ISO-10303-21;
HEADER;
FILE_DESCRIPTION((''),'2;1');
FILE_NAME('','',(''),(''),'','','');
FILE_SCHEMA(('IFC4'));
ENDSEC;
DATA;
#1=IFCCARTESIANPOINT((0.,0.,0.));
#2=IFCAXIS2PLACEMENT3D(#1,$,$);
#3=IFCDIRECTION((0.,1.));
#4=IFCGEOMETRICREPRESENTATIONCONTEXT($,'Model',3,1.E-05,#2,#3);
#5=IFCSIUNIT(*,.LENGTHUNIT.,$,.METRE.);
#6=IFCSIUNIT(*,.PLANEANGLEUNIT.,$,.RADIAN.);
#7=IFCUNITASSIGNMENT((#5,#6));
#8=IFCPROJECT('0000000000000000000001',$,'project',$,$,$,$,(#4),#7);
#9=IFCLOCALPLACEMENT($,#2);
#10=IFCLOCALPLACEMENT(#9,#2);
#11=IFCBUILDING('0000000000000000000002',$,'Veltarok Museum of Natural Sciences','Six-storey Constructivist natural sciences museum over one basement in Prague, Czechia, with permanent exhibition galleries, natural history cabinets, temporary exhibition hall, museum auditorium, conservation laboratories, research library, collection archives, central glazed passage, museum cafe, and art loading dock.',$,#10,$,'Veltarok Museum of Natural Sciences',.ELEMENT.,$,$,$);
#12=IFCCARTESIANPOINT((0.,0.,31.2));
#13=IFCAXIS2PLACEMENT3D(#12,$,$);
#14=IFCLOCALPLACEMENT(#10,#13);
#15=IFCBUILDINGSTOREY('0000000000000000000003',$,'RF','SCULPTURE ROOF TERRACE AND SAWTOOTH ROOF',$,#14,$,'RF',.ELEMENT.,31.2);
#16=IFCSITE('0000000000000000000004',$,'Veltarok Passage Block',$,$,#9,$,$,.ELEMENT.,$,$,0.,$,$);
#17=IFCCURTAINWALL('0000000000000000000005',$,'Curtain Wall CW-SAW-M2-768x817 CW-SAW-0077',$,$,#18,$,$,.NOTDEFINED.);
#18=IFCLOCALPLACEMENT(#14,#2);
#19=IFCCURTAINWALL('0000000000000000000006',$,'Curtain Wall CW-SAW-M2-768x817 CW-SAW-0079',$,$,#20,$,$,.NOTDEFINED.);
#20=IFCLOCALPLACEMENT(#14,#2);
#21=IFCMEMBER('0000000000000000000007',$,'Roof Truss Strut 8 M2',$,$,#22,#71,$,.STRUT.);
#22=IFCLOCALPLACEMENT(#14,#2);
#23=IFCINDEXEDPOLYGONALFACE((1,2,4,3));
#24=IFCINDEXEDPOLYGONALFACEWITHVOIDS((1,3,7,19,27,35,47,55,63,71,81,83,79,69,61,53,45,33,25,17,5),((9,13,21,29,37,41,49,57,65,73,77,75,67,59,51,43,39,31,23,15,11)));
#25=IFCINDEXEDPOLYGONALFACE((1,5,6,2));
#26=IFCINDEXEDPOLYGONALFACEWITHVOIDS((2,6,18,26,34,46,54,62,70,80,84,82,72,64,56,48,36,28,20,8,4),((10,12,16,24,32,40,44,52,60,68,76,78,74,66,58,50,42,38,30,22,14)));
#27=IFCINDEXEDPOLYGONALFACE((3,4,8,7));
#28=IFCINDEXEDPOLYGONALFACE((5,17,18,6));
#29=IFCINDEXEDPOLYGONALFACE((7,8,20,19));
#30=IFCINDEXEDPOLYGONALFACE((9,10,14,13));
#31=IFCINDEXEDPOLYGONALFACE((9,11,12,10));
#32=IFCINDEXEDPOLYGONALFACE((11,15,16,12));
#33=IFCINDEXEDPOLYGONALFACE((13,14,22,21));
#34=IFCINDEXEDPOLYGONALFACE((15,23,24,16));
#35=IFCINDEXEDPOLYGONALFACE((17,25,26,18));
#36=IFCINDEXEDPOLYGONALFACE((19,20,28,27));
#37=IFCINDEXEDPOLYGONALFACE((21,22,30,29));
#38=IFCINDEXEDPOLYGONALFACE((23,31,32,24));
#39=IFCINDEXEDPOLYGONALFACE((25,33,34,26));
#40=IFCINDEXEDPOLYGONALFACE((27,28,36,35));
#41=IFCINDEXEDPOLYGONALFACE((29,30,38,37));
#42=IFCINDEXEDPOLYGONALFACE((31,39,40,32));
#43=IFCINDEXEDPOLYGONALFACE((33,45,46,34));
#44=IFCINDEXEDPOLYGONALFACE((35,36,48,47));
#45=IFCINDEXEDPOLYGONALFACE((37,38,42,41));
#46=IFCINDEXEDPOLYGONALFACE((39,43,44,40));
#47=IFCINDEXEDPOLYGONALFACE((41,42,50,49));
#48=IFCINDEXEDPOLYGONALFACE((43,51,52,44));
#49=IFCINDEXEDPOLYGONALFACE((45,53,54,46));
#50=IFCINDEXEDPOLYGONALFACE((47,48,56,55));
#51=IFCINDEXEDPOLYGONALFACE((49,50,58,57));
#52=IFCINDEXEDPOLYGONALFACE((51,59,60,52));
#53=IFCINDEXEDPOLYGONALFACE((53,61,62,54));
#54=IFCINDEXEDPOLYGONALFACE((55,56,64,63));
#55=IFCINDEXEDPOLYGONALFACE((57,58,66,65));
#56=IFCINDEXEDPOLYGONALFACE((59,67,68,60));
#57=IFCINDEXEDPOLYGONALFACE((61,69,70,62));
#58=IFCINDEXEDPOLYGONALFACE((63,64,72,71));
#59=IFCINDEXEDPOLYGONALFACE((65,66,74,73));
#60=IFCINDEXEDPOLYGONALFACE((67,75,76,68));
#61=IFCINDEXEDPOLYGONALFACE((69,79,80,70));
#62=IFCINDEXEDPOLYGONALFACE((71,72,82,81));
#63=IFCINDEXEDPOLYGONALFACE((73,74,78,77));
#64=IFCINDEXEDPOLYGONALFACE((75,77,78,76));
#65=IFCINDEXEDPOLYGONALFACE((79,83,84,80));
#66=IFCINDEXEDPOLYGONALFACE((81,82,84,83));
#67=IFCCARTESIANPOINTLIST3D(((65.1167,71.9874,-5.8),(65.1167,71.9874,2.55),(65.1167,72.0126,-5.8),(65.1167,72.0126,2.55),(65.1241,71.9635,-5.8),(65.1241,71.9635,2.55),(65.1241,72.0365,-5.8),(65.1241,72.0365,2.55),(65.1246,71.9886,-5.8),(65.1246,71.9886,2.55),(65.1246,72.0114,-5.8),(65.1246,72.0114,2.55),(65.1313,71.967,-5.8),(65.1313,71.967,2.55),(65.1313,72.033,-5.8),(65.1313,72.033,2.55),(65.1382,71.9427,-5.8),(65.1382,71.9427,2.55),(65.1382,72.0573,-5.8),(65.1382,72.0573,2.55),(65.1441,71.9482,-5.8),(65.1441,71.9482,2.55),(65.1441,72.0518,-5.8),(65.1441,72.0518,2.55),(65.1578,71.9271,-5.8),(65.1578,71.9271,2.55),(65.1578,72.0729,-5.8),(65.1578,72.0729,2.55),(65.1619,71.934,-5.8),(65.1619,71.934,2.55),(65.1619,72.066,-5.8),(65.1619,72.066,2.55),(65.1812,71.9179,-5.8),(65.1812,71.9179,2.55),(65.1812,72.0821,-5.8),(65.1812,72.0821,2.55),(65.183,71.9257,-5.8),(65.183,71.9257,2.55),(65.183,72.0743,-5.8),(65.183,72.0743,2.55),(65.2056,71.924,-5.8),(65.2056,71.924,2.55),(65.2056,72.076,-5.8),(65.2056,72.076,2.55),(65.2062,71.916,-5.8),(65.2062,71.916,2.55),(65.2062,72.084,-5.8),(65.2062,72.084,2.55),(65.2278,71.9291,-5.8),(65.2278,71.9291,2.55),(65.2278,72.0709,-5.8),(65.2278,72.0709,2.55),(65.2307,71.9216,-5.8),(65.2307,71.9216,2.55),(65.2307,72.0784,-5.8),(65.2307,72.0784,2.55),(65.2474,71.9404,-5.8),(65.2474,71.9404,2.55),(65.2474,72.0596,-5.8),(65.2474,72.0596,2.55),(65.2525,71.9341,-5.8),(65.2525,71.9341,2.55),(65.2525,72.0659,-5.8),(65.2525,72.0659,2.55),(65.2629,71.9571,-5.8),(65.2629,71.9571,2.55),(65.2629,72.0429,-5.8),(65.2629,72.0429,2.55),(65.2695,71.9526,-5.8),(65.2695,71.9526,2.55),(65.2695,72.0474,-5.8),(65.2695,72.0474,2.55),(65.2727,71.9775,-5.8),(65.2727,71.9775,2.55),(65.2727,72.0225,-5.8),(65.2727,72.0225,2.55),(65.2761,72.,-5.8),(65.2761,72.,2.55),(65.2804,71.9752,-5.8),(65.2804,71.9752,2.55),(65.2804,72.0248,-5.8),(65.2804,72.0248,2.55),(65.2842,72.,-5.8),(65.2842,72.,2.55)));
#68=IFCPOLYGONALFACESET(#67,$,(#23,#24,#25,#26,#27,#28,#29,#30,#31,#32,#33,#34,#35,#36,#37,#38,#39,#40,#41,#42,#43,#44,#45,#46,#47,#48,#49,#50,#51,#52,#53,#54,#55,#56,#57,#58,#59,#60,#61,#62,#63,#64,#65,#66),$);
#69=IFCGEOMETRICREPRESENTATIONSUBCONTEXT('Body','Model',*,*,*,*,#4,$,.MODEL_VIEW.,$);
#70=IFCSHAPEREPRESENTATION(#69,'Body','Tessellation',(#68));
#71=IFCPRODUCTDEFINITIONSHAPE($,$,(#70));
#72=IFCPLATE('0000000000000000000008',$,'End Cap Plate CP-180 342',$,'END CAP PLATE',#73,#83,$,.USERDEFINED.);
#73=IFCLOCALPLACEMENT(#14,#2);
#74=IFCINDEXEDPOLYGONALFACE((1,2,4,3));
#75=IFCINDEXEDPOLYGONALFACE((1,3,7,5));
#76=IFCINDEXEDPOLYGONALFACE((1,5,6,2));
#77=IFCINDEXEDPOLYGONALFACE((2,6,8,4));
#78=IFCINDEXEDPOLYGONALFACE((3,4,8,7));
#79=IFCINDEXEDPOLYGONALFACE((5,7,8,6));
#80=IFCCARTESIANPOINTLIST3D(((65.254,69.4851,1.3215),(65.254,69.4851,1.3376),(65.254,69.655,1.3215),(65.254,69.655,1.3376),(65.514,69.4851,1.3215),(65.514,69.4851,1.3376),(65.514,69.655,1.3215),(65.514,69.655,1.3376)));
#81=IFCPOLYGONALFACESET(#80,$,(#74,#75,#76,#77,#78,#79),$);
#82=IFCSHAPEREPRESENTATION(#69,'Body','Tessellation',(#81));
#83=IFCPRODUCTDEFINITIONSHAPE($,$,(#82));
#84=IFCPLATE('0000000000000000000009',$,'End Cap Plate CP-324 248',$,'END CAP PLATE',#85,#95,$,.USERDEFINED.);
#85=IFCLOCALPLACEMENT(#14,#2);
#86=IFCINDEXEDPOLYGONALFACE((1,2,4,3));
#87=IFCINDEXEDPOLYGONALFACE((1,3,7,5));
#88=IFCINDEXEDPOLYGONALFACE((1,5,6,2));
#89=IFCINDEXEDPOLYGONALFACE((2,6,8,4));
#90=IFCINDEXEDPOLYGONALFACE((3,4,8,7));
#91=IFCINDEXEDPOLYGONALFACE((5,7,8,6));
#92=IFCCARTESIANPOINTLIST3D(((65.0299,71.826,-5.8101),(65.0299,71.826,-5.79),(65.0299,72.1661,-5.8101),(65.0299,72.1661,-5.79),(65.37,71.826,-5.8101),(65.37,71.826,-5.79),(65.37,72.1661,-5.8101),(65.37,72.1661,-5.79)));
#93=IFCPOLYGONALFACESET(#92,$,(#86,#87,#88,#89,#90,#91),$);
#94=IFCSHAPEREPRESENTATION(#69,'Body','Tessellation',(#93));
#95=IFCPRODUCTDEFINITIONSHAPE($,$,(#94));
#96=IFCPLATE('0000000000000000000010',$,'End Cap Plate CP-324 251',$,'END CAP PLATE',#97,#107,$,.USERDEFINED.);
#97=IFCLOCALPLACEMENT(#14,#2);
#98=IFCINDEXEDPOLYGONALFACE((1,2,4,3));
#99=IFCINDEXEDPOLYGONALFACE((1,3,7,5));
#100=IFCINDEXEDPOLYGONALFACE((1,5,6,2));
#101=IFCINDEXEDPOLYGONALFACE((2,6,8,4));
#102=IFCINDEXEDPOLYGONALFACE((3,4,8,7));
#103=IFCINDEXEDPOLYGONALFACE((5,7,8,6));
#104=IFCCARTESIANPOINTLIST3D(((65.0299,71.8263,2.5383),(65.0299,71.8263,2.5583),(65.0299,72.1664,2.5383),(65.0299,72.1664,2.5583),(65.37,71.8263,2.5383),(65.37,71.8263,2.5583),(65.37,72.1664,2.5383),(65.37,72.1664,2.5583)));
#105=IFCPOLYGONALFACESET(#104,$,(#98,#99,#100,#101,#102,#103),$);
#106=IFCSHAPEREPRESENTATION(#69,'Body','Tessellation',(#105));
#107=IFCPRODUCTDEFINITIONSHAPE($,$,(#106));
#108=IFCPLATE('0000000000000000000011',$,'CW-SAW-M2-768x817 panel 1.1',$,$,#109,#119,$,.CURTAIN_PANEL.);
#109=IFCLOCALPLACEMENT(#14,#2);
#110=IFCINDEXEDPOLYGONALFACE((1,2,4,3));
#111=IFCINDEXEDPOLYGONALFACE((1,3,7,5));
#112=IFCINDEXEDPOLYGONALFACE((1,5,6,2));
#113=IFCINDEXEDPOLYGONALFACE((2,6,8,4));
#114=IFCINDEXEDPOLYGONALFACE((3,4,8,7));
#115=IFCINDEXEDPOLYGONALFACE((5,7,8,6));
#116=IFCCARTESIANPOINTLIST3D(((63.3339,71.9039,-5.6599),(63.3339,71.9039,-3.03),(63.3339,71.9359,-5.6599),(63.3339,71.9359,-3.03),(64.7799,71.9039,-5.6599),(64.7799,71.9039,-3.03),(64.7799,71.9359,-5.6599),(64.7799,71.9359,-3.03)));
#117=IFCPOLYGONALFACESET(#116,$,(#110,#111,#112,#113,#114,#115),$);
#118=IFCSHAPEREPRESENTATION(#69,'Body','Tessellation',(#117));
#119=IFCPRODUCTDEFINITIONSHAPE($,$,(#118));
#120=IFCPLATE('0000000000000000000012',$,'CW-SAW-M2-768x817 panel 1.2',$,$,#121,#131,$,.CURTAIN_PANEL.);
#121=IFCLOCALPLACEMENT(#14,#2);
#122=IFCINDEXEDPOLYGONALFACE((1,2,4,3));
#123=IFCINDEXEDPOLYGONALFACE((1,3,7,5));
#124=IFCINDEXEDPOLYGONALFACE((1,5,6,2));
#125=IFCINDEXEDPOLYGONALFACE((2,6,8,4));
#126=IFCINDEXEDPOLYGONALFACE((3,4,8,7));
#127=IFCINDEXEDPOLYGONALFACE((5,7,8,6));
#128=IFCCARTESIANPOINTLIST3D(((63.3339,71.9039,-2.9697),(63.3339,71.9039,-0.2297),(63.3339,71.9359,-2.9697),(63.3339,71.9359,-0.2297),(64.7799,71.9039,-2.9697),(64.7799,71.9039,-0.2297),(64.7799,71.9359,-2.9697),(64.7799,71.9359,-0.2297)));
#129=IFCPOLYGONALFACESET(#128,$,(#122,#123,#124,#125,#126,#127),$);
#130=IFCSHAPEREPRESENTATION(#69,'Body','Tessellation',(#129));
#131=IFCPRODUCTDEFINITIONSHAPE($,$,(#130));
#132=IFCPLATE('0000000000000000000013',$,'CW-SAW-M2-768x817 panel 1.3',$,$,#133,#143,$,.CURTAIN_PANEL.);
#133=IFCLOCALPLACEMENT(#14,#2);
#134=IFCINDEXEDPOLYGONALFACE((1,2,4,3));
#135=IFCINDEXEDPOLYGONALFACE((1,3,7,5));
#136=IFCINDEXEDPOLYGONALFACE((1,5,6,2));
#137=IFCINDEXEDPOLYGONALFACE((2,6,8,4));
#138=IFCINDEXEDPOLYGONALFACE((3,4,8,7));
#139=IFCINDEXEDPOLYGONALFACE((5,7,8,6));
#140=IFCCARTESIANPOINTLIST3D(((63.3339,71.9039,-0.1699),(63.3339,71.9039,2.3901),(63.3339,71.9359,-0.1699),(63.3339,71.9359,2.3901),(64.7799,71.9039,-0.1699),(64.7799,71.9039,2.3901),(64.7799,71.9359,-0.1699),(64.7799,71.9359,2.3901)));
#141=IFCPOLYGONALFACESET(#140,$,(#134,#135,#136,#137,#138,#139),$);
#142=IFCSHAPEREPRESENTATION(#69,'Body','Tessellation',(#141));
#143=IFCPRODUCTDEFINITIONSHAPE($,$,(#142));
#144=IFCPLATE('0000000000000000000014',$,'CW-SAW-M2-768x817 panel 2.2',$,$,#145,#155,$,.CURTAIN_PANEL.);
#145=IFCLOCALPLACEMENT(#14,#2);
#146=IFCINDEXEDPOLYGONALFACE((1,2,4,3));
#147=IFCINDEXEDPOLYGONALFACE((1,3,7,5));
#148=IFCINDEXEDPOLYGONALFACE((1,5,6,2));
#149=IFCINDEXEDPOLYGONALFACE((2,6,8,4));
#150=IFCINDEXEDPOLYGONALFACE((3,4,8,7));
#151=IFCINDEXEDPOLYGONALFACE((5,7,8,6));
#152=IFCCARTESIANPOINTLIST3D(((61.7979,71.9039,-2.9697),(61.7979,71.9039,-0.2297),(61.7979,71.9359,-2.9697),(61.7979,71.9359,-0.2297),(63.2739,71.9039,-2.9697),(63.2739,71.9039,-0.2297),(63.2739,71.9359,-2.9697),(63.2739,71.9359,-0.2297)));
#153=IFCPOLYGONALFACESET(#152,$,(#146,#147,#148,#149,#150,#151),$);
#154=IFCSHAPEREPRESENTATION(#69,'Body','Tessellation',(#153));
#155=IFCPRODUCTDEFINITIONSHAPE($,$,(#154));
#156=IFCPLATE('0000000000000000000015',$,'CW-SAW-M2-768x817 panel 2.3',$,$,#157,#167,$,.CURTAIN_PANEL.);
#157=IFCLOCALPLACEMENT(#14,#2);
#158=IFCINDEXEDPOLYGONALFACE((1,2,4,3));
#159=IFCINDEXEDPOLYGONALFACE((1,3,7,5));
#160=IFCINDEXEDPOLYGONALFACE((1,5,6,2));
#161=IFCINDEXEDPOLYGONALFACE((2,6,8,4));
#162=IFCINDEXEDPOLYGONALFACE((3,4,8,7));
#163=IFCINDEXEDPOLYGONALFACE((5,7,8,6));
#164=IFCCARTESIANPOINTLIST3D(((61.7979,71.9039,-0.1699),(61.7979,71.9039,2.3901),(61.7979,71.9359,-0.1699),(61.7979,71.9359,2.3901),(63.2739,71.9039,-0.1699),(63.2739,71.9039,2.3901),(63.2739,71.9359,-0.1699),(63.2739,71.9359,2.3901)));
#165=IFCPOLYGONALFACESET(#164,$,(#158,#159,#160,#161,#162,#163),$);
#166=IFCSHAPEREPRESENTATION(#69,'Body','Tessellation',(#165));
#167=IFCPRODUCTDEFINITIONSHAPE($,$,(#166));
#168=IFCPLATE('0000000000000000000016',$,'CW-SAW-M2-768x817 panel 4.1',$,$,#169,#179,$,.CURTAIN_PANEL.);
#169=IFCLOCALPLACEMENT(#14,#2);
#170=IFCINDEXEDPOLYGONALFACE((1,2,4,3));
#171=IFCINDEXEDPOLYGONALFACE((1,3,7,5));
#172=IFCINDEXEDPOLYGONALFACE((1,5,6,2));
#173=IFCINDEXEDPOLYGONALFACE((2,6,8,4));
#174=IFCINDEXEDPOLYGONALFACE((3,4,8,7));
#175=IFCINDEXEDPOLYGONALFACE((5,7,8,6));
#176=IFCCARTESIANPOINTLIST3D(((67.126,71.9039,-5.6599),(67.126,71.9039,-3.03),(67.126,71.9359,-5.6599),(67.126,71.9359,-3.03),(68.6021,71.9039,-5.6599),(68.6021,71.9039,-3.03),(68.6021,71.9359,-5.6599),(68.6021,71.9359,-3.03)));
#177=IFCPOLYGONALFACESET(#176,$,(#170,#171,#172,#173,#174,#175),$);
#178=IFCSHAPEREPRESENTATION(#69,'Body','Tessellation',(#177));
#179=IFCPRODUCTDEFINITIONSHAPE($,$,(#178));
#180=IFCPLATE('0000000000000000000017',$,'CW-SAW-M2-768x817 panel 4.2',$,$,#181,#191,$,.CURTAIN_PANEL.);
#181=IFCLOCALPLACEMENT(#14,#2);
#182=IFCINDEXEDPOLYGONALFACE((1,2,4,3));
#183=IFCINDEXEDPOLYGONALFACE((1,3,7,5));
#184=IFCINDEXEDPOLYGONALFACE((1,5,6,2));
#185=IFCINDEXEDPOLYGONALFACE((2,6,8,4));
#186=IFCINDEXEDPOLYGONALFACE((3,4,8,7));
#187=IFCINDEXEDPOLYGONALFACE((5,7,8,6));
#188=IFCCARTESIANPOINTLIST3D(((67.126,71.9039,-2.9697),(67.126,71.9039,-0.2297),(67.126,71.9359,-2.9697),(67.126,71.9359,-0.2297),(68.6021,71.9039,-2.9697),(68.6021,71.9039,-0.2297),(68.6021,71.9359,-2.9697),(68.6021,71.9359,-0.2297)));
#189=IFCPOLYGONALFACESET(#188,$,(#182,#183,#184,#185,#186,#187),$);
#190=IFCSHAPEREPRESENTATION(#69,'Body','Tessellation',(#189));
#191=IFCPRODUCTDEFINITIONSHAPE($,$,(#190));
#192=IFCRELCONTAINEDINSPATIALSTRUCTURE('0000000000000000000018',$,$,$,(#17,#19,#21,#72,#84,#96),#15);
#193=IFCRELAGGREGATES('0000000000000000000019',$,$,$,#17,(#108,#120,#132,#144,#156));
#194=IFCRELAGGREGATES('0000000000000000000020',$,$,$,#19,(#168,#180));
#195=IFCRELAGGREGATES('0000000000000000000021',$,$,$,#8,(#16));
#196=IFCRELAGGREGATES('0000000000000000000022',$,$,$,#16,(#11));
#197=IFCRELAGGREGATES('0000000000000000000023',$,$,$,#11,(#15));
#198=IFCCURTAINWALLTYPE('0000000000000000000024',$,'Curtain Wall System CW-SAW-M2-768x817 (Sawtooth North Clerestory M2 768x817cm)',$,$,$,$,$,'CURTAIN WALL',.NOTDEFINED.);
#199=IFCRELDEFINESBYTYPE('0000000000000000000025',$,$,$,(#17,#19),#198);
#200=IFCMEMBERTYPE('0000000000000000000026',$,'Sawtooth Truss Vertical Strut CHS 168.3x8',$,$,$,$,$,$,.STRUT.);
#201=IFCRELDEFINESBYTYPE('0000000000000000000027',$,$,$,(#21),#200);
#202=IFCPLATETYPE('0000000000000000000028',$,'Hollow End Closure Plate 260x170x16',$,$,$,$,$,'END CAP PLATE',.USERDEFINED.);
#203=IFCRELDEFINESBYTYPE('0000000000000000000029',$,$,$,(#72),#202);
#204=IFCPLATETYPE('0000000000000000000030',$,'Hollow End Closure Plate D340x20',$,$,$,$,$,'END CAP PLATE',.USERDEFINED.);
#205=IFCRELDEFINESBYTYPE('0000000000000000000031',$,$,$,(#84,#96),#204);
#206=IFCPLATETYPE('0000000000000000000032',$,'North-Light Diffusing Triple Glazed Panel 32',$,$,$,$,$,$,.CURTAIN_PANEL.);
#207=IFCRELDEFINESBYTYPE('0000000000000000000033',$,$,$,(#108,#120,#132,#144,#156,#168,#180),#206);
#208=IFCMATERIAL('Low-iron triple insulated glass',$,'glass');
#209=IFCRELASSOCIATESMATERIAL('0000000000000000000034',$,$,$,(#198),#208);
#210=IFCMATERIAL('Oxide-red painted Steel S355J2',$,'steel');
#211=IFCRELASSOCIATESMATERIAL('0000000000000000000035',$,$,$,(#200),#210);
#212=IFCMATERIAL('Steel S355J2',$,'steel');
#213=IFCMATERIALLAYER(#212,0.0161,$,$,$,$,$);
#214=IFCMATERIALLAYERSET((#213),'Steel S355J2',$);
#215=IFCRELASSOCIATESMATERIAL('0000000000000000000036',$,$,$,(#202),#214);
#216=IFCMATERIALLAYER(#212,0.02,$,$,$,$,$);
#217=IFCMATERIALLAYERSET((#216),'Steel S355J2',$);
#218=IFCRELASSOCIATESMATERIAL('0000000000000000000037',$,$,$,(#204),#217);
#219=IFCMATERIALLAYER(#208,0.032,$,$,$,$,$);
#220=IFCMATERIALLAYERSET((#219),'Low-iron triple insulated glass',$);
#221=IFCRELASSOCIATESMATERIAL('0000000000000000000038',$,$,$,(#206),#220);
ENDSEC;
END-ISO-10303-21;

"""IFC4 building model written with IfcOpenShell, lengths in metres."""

from ifc_helpers import new_model, si_unit, direction, frame, origin, origin_2d, place, context, subcontext, project, spatial, rectangle, hollow_circle, extrude, material, layer, layer_set, material_profile, profile_set, type_object, element, aggregate, save


model = new_model("IFC4")

# Units and contexts
model_context = context("Model", 3, precision=1e-05, world=origin(), true_north=direction((0.0, 1.0)))
body_context = subcontext(model_context, "Body", "Model", "MODEL_VIEW")
ifc_project = project(units=[si_unit("LENGTHUNIT", "METRE"), si_unit("PLANEANGLEUNIT", "RADIAN")], contexts=[model_context])

# Site, building, storey
site_placement = place(None, origin())
site = spatial("IfcSite", under=ifc_project, at=site_placement, Name="Veltarok Passage Block", CompositionType="ELEMENT", RefElevation=0.0)
building_placement = place(site_placement, origin())
building = spatial("IfcBuilding", under=site, at=building_placement, Name="Veltarok Museum of Natural Sciences", Description="Six-storey Constructivist natural sciences museum over one basement in Prague, Czechia, with permanent exhibition galleries, natural history cabinets, temporary exhibition hall, museum auditorium, conservation laboratories, research library, collection archives, central glazed passage, museum cafe, and art loading dock.", LongName="Veltarok Museum of Natural Sciences", CompositionType="ELEMENT")
storey_placement = place(building_placement, frame((0.0, 0.0, 31.2)))
storey = spatial("IfcBuildingStorey", under=building, at=storey_placement, Name="RF", Description="SCULPTURE ROOF TERRACE AND SAWTOOTH ROOF", LongName="RF", CompositionType="ELEMENT", Elevation=31.2)

# Shared definitions
ifc_material_1 = material(Name="Steel S355J2", Category="steel")

# Curtain walls
ifc_material_2 = material(Name="Low-iron triple insulated glass", Category="glass")
curtain_wall_type = type_object("IfcCurtainWallType", Name="Curtain Wall System CW-SAW-M2-768x817 (Sawtooth North Clerestory M2 768x817cm)", ElementType="CURTAIN WALL", PredefinedType="NOTDEFINED", material=ifc_material_2)
curtain_wall_1_placement = place(storey_placement, origin())
curtain_wall_1 = element("IfcCurtainWall", 1, at=curtain_wall_1_placement, inside=storey, type_object=curtain_wall_type, Name="Curtain Wall CW-SAW-M2-768x817 CW-SAW-0077", PredefinedType="NOTDEFINED")
curtain_wall_2_placement = place(storey_placement, origin())
curtain_wall_2 = element("IfcCurtainWall", 2, at=curtain_wall_2_placement, inside=storey, type_object=curtain_wall_type, Name="Curtain Wall CW-SAW-M2-768x817 CW-SAW-0079", PredefinedType="NOTDEFINED")

# Member
ifc_material_3 = material(Name="Oxide-red painted Steel S355J2", Category="steel")
ifc_material_profile_1 = material_profile(ifc_material_3, hollow_circle(Radius=0.0842, WallThickness=0.0081, at=origin_2d()), Name="CHS 168.3x8")
ifc_profile_set_1 = profile_set([ifc_material_profile_1], Name="Oxide-red painted Steel S355J2")
member_type_1 = type_object("IfcMemberType", Name="Sawtooth Truss Vertical Strut CHS 168.3x8", PredefinedType="STRUT", material=ifc_profile_set_1)
member_1_placement = place(storey_placement, frame((65.2, 72.0, -5.8), z_axis=(0.0, 0.0, 1.0), x_axis=(1.0, 0.0, 0.0)))
element("IfcMember", 3, at=member_1_placement, inside=storey, type_object=member_type_1, Name="Roof Truss Strut 8 M2", PredefinedType="STRUT", context=body_context, shape_type="SweptSolid", body=[
    extrude(hollow_circle(Radius=0.0842, WallThickness=0.0081, at=origin_2d()), origin(), (0.0, 0.0, 1.0), 8.3501),
])

# Plates
ifc_layer_1 = layer(ifc_material_1, 0.0161)
ifc_layer_set_1 = layer_set([ifc_layer_1], Name="Steel S355J2")
plate_type_1 = type_object("IfcPlateType", Name="Hollow End Closure Plate 260x170x16", ElementType="END CAP PLATE", PredefinedType="USERDEFINED", material=ifc_layer_set_1)
plate_1_placement = place(storey_placement, frame((65.384, 69.5701, 1.3215), z_axis=(0.0, 0.0, 1.0), x_axis=(1.0, 0.0, 0.0)))
element("IfcPlate", 4, at=plate_1_placement, inside=storey, type_object=plate_type_1, Name="End Cap Plate CP-180 342", ObjectType="END CAP PLATE", PredefinedType="USERDEFINED", context=body_context, shape_type="SweptSolid", body=[
    extrude(rectangle(XDim=0.26, YDim=0.1699, at=origin_2d()), origin(), (0.0, 0.0, 1.0), 0.0161),
])
ifc_layer_2 = layer(ifc_material_1, 0.02)
ifc_layer_set_2 = layer_set([ifc_layer_2], Name="Steel S355J2")
plate_type_2 = type_object("IfcPlateType", Name="Hollow End Closure Plate D340x20", ElementType="END CAP PLATE", PredefinedType="USERDEFINED", material=ifc_layer_set_2)
for number, where, z_axis, x_axis, name in (
    (5, (65.2, 71.9961, -5.8101), (0.0, 0.0, 1.0), (0.0, 1.0, 0.0), "End Cap Plate CP-324 248"),
    (6, (65.2, 71.9963, 2.5383), (0.0, 0.0, 1.0), (0.0, 1.0, 0.0), "End Cap Plate CP-324 251"),
):
    element("IfcPlate", number, at=place(storey_placement, frame(where, z_axis=z_axis, x_axis=x_axis)), inside=storey, type_object=plate_type_2, Name=name, ObjectType="END CAP PLATE", PredefinedType="USERDEFINED", context=body_context, shape_type="SweptSolid", body=[
        extrude(rectangle(XDim=0.3401, YDim=0.3401, at=origin_2d()), origin(), (0.0, 0.0, 1.0), 0.02),
    ])

# Plates
ifc_layer_3 = layer(ifc_material_2, 0.032)
ifc_layer_set_3 = layer_set([ifc_layer_3], Name="Low-iron triple insulated glass")
plate_type_3 = type_object("IfcPlateType", Name="North-Light Diffusing Triple Glazed Panel 32", PredefinedType="CURTAIN_PANEL", material=ifc_layer_set_3)
plate_2_placement = place(storey_placement, frame((64.0569, 71.9199, -5.6599), z_axis=(0.0, 0.0, 1.0), x_axis=(-1.0, 0.0, 0.0)))
plate_2 = element("IfcPlate", 7, at=plate_2_placement, type_object=plate_type_3, Name="CW-SAW-M2-768x817 panel 1.1", PredefinedType="CURTAIN_PANEL", context=body_context, shape_type="SweptSolid", body=[
    extrude(rectangle(XDim=1.446, YDim=0.032, at=origin_2d()), origin(), (0.0, 0.0, 1.0), 2.6299),
])
plate_3_placement = place(storey_placement, frame((64.0569, 71.9199, -2.9697), z_axis=(0.0, 0.0, 1.0), x_axis=(-1.0, 0.0, 0.0)))
plate_3 = element("IfcPlate", 8, at=plate_3_placement, type_object=plate_type_3, Name="CW-SAW-M2-768x817 panel 1.2", PredefinedType="CURTAIN_PANEL", context=body_context, shape_type="SweptSolid", body=[
    extrude(rectangle(XDim=1.446, YDim=0.032, at=origin_2d()), origin(), (0.0, 0.0, 1.0), 2.74),
])
plate_4_placement = place(storey_placement, frame((64.0569, 71.9199, -0.1699), z_axis=(0.0, 0.0, 1.0), x_axis=(-1.0, 0.0, 0.0)))
plate_4 = element("IfcPlate", 9, at=plate_4_placement, type_object=plate_type_3, Name="CW-SAW-M2-768x817 panel 1.3", PredefinedType="CURTAIN_PANEL", context=body_context, shape_type="SweptSolid", body=[
    extrude(rectangle(XDim=1.446, YDim=0.032, at=origin_2d()), origin(), (0.0, 0.0, 1.0), 2.5601),
])
plate_5_placement = place(storey_placement, frame((62.5359, 71.9199, -2.9697), z_axis=(0.0, 0.0, 1.0), x_axis=(-1.0, 0.0, 0.0)))
plate_5 = element("IfcPlate", 10, at=plate_5_placement, type_object=plate_type_3, Name="CW-SAW-M2-768x817 panel 2.2", PredefinedType="CURTAIN_PANEL", context=body_context, shape_type="SweptSolid", body=[
    extrude(rectangle(XDim=1.4761, YDim=0.032, at=origin_2d()), origin(), (0.0, 0.0, 1.0), 2.74),
])
plate_6_placement = place(storey_placement, frame((62.5359, 71.9199, -0.1699), z_axis=(0.0, 0.0, 1.0), x_axis=(-1.0, 0.0, 0.0)))
plate_6 = element("IfcPlate", 11, at=plate_6_placement, type_object=plate_type_3, Name="CW-SAW-M2-768x817 panel 2.3", PredefinedType="CURTAIN_PANEL", context=body_context, shape_type="SweptSolid", body=[
    extrude(rectangle(XDim=1.4761, YDim=0.032, at=origin_2d()), origin(), (0.0, 0.0, 1.0), 2.5601),
])
aggregate(curtain_wall_1, [plate_2, plate_3, plate_4, plate_5, plate_6])
plate_7_placement = place(storey_placement, frame((67.864, 71.9199, -5.6599), z_axis=(0.0, 0.0, 1.0), x_axis=(-1.0, 0.0, 0.0)))
plate_7 = element("IfcPlate", 12, at=plate_7_placement, type_object=plate_type_3, Name="CW-SAW-M2-768x817 panel 4.1", PredefinedType="CURTAIN_PANEL", context=body_context, shape_type="SweptSolid", body=[
    extrude(rectangle(XDim=1.4761, YDim=0.032, at=origin_2d()), origin(), (0.0, 0.0, 1.0), 2.6299),
])
plate_8_placement = place(storey_placement, frame((67.864, 71.9199, -2.9697), z_axis=(0.0, 0.0, 1.0), x_axis=(-1.0, 0.0, 0.0)))
plate_8 = element("IfcPlate", 13, at=plate_8_placement, type_object=plate_type_3, Name="CW-SAW-M2-768x817 panel 4.2", PredefinedType="CURTAIN_PANEL", context=body_context, shape_type="SweptSolid", body=[
    extrude(rectangle(XDim=1.4761, YDim=0.032, at=origin_2d()), origin(), (0.0, 0.0, 1.0), 2.74),
])
aggregate(curtain_wall_2, [plate_7, plate_8])

save(model, "model.ifc")
